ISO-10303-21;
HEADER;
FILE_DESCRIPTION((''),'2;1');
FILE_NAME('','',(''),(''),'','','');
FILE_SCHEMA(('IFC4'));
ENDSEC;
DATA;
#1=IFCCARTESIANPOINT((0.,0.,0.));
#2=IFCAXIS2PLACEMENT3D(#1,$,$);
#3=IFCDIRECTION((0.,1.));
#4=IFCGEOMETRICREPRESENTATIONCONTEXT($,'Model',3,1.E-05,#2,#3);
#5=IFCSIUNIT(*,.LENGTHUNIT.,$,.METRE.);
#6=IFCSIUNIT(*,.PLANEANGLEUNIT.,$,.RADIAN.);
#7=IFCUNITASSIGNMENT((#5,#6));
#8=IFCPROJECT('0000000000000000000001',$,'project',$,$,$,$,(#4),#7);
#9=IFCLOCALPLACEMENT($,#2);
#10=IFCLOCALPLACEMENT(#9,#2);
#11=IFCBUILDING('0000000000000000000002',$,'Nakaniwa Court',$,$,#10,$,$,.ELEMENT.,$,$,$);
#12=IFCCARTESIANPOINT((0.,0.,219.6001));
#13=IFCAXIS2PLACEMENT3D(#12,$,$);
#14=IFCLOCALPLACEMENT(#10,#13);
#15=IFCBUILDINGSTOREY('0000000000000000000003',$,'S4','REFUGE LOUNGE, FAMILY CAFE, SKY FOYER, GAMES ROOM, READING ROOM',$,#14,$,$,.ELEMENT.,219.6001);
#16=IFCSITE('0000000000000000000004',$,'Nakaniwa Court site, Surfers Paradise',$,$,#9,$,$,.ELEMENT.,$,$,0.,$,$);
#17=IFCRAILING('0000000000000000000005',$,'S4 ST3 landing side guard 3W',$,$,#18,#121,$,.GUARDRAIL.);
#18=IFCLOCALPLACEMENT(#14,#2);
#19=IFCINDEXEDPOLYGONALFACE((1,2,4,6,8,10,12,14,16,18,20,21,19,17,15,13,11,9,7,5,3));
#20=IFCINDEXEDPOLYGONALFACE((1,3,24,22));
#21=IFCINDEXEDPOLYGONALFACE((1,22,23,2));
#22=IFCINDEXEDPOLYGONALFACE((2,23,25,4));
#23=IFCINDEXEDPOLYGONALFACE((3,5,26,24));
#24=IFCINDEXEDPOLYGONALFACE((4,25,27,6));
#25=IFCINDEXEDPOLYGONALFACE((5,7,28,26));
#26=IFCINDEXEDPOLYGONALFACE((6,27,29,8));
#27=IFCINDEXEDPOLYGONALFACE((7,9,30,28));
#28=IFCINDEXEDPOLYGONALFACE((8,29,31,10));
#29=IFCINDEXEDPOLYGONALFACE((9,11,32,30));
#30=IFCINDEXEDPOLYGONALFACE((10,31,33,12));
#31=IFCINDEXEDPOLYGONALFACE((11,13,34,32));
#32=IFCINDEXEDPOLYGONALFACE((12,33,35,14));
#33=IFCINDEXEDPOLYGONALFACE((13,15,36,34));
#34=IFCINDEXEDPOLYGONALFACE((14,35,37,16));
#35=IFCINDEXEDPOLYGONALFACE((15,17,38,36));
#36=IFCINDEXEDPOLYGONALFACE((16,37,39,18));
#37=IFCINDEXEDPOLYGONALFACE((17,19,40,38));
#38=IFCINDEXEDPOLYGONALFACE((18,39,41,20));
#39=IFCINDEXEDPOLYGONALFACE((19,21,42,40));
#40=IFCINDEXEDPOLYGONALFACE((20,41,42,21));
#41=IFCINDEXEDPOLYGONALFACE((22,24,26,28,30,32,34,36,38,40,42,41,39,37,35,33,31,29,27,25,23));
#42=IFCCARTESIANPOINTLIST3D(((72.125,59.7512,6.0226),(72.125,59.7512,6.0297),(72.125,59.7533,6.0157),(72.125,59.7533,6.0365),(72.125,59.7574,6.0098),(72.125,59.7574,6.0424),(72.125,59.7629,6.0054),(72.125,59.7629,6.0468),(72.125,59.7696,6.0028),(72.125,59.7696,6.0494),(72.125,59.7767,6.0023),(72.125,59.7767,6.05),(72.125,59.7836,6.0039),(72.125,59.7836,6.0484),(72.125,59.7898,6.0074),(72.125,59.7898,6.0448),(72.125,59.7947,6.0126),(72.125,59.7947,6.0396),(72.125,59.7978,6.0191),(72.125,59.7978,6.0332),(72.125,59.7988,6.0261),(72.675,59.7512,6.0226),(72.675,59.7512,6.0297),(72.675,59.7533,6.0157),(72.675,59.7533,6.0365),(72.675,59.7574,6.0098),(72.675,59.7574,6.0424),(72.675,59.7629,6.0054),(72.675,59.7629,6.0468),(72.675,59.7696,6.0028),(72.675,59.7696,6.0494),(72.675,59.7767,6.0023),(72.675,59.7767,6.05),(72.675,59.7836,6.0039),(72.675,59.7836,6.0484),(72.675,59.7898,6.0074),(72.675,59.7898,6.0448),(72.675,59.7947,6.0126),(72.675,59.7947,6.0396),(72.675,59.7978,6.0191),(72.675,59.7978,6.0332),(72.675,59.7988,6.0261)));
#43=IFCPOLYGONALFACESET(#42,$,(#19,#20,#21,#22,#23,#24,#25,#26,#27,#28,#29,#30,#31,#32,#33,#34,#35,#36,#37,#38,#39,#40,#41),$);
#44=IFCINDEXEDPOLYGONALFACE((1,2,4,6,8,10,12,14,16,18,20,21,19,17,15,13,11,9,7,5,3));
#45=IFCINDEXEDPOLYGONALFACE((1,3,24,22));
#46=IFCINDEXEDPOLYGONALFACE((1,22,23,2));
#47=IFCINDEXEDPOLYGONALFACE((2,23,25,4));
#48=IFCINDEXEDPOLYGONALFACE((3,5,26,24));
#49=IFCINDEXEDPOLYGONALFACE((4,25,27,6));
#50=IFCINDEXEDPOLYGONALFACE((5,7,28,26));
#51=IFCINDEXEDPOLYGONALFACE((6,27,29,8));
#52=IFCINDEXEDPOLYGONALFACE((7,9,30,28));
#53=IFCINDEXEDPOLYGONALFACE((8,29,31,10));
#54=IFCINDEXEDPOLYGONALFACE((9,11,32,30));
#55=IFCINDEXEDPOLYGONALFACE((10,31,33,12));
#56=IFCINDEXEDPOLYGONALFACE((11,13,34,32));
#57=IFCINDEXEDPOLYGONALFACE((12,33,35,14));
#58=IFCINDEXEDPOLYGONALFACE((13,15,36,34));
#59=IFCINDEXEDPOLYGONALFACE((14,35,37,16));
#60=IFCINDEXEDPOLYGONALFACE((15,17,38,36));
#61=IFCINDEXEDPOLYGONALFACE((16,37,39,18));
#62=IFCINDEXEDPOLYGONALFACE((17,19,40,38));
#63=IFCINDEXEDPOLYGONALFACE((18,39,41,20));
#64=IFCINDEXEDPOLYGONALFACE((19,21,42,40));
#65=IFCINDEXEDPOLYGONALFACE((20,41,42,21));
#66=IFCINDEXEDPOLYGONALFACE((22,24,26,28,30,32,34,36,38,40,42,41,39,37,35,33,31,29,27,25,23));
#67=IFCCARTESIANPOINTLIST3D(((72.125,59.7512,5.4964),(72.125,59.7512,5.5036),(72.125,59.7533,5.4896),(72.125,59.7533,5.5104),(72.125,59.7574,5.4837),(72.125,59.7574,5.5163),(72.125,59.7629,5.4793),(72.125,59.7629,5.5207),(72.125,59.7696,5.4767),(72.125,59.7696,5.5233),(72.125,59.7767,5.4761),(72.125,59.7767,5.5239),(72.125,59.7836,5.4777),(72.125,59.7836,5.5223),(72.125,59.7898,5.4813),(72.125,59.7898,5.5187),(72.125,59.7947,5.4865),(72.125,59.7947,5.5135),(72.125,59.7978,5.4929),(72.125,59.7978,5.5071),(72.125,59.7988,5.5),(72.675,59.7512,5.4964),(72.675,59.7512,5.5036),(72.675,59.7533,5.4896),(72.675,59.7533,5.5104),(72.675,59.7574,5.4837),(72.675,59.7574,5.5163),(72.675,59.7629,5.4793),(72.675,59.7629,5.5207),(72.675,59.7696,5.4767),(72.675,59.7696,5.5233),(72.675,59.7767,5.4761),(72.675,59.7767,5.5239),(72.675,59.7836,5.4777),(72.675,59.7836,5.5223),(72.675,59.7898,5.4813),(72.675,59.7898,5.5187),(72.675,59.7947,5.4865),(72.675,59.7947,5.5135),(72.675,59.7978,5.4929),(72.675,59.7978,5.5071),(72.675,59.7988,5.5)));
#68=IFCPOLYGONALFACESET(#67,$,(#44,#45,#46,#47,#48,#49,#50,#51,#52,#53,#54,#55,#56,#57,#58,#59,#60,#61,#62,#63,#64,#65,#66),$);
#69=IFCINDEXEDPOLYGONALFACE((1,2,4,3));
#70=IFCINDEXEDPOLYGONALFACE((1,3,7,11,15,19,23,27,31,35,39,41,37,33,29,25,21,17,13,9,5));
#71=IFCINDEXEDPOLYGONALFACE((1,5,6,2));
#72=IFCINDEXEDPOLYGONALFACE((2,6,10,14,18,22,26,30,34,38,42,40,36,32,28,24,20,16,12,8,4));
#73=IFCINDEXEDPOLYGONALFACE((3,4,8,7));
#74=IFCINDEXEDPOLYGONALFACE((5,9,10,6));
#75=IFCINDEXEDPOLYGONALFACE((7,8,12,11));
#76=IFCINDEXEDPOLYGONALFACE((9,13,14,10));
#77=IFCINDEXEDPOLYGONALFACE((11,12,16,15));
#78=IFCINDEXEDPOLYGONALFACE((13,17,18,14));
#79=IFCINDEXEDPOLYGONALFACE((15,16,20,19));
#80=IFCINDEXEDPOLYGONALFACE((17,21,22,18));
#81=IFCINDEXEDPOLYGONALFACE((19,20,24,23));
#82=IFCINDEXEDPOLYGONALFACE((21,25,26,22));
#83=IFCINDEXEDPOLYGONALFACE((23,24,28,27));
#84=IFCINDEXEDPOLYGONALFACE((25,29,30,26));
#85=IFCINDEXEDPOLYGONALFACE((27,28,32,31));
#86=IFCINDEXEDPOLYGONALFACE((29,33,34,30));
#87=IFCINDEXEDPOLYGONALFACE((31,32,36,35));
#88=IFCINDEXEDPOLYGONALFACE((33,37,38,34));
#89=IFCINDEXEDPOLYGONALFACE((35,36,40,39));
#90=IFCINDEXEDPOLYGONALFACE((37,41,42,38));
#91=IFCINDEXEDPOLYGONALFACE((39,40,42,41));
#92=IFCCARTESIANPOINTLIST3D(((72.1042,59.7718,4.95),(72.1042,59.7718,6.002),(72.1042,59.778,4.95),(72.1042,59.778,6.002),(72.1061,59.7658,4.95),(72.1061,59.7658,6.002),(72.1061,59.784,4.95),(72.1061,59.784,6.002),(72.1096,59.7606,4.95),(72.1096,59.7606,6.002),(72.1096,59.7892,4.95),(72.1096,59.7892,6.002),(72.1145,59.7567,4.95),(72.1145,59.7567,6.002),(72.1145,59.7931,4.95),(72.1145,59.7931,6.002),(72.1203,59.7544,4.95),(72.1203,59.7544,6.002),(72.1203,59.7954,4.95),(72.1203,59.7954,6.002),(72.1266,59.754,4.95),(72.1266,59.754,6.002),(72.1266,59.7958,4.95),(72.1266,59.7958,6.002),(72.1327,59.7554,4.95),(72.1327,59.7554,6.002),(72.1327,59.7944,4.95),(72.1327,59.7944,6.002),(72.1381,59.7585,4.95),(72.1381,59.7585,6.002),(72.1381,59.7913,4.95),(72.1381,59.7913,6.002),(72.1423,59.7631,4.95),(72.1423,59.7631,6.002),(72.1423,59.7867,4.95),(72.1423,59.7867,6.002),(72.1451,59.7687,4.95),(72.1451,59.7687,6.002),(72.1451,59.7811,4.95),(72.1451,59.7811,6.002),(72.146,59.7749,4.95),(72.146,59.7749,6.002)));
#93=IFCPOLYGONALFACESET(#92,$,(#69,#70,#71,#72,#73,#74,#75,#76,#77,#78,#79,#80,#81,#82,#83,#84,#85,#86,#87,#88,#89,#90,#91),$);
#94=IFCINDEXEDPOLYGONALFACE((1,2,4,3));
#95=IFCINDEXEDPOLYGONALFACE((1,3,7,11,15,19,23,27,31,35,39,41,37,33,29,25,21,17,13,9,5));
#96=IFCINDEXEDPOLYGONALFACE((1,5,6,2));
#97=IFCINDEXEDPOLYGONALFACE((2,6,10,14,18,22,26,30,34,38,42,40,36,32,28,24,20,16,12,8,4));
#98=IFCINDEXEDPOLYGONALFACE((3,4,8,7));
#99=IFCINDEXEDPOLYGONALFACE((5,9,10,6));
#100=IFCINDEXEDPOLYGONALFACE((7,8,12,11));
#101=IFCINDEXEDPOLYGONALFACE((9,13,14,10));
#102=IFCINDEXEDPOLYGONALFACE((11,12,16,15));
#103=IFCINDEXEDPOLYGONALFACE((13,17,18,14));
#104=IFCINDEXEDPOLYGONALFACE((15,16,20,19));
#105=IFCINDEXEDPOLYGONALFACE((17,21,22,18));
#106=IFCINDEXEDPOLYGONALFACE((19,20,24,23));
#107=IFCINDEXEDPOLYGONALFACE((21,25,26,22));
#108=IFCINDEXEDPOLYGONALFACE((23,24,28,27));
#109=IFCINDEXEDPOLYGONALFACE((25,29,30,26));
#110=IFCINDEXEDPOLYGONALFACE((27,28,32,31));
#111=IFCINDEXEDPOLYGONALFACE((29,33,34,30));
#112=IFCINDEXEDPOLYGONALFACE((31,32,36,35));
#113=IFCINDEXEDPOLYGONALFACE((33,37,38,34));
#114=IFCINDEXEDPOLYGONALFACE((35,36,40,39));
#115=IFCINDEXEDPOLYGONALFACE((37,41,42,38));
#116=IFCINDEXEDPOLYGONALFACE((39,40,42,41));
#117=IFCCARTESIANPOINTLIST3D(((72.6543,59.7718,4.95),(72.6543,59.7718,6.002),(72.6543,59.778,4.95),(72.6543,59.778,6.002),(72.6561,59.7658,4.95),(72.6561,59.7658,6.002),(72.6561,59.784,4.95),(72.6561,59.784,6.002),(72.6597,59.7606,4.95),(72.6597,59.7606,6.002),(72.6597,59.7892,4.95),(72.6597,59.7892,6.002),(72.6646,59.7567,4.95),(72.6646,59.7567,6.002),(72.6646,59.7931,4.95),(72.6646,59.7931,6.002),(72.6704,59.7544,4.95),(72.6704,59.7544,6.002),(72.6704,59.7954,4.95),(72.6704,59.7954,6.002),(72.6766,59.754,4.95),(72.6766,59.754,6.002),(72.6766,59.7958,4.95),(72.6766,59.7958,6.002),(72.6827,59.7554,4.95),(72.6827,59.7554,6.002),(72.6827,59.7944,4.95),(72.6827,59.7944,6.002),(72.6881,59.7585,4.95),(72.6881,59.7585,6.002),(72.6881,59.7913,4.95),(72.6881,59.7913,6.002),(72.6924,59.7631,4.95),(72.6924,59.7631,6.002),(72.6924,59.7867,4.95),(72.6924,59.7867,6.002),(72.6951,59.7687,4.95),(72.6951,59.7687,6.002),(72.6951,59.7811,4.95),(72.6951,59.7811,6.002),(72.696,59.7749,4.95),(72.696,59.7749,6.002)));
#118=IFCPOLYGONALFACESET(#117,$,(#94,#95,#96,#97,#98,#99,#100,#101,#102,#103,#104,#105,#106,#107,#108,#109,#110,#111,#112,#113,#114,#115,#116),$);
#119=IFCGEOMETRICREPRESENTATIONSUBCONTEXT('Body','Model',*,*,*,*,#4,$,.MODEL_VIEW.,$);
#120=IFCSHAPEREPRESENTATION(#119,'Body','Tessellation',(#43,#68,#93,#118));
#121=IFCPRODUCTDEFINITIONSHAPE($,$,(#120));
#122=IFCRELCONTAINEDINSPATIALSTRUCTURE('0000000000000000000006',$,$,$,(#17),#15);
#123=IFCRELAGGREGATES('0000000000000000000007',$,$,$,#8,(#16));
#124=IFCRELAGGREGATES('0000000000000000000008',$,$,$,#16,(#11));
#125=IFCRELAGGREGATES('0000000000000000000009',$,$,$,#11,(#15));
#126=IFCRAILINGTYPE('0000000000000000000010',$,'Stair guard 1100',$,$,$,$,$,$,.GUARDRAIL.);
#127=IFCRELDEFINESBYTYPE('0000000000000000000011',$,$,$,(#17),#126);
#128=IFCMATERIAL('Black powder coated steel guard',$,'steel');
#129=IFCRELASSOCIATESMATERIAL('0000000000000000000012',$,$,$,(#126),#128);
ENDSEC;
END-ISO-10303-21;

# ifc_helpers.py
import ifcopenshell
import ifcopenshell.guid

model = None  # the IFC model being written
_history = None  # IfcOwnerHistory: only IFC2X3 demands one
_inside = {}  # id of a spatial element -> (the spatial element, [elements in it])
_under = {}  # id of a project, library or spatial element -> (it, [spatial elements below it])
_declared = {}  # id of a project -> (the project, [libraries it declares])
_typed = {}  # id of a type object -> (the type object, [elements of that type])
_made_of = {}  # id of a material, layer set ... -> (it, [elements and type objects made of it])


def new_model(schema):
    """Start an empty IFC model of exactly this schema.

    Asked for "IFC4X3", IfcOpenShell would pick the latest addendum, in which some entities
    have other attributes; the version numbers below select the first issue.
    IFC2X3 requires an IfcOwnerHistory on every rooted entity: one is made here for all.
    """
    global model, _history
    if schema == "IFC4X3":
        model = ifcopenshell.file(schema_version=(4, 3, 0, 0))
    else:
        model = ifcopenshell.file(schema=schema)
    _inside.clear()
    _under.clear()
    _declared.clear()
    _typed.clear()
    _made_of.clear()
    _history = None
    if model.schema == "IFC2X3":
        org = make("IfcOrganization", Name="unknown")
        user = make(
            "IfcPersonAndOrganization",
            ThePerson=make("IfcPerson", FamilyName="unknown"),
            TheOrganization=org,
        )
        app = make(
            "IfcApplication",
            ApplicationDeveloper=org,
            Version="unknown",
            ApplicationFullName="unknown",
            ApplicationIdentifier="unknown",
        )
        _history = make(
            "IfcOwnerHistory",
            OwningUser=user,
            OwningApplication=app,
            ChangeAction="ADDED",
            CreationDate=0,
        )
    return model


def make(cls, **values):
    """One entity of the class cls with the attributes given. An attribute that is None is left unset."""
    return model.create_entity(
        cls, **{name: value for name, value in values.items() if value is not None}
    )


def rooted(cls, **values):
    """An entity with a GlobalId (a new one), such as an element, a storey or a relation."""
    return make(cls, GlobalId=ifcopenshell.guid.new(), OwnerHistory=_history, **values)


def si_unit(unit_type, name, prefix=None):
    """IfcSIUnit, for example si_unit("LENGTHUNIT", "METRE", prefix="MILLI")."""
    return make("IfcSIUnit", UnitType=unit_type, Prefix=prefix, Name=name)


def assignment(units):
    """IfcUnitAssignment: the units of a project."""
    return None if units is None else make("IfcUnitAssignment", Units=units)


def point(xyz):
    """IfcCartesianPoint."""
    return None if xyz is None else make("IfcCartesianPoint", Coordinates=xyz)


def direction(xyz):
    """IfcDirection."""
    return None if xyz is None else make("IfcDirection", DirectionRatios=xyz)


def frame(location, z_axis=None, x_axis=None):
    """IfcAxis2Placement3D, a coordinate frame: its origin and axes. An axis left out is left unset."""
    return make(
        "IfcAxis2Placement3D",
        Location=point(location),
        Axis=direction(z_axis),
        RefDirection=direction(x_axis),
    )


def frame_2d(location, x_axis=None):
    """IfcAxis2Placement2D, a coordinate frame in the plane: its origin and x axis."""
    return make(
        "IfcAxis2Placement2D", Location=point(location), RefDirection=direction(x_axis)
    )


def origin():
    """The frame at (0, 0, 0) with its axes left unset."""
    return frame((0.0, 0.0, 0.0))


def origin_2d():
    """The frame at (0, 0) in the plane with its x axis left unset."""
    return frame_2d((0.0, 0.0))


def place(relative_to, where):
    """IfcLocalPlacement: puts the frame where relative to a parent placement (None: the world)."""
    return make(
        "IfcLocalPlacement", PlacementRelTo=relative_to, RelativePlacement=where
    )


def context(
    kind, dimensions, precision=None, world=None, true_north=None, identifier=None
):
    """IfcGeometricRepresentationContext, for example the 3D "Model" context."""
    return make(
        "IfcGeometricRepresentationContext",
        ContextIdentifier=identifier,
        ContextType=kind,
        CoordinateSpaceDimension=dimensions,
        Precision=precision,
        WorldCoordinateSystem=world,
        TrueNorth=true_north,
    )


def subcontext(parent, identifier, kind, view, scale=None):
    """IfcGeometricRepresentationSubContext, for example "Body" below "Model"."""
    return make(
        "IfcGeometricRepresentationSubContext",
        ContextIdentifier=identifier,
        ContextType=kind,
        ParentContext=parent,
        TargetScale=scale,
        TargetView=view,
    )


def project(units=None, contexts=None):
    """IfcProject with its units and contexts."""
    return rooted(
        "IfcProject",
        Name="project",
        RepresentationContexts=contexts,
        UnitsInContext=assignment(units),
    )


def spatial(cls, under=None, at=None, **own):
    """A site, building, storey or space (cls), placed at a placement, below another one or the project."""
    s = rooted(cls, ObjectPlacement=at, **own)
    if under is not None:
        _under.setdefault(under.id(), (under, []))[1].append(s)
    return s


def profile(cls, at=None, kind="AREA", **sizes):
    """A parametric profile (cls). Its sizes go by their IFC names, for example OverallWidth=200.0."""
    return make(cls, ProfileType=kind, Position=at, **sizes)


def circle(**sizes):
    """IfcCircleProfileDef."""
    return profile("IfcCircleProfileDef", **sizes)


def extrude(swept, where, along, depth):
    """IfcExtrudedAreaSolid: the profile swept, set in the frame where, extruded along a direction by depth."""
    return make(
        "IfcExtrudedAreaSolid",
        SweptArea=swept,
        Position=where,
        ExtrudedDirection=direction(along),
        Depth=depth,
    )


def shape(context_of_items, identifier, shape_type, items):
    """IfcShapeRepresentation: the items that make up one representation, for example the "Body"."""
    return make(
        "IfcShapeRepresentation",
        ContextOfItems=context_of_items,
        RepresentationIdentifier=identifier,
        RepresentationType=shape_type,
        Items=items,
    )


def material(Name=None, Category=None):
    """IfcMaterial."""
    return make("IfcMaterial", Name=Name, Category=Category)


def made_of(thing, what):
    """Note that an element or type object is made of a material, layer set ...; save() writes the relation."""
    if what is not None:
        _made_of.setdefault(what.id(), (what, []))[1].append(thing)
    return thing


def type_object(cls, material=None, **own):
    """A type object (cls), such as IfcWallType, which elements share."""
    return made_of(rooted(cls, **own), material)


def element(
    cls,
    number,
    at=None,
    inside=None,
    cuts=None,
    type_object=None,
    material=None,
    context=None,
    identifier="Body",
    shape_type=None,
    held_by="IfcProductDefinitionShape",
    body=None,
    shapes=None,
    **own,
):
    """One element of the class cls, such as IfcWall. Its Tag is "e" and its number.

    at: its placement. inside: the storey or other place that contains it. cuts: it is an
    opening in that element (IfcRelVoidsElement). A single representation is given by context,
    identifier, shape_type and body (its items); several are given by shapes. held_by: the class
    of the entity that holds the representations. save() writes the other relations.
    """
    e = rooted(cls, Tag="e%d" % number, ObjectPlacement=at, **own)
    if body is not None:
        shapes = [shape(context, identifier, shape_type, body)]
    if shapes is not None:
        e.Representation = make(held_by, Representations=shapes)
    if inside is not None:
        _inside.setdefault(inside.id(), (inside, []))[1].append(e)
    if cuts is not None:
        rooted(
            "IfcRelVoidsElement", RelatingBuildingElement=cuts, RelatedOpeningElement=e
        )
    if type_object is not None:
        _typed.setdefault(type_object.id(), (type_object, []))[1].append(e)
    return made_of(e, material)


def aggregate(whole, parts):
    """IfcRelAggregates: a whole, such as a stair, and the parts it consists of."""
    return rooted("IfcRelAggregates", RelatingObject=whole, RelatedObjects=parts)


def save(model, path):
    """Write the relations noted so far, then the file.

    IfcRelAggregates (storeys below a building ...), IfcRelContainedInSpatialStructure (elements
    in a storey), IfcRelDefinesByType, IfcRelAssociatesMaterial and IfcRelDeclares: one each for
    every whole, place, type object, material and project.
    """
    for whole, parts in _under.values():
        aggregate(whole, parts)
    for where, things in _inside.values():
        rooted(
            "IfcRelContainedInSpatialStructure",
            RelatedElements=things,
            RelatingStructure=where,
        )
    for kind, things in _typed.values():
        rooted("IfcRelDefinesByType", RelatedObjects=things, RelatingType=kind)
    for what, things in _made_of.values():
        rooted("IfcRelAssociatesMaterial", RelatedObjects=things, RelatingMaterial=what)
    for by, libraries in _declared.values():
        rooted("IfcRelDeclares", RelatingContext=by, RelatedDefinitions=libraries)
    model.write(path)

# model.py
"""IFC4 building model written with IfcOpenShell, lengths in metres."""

from ifc_helpers import new_model, si_unit, direction, frame, origin, origin_2d, place, context, subcontext, project, spatial, circle, extrude, material, type_object, element, save


model = new_model("IFC4")

# Units and contexts
model_context = context("Model", 3, precision=1e-05, world=origin(), true_north=direction((0.0, 1.0)))
body_context = subcontext(model_context, "Body", "Model", "MODEL_VIEW")
ifc_project = project(units=[si_unit("LENGTHUNIT", "METRE"), si_unit("PLANEANGLEUNIT", "RADIAN")], contexts=[model_context])

# Site, building, storey
site_placement = place(None, origin())
site = spatial("IfcSite", under=ifc_project, at=site_placement, Name="Nakaniwa Court site, Surfers Paradise", CompositionType="ELEMENT", RefElevation=0.0)
building_placement = place(site_placement, origin())
building = spatial("IfcBuilding", under=site, at=building_placement, Name="Nakaniwa Court", CompositionType="ELEMENT")
storey_placement = place(building_placement, frame((0.0, 0.0, 219.6001)))
storey = spatial("IfcBuildingStorey", under=building, at=storey_placement, Name="S4", Description="REFUGE LOUNGE, FAMILY CAFE, SKY FOYER, GAMES ROOM, READING ROOM", CompositionType="ELEMENT", Elevation=219.6001)

# Railing
ifc_material_1 = material(Name="Black powder coated steel guard", Category="steel")
railing_type_1 = type_object("IfcRailingType", Name="Stair guard 1100", PredefinedType="GUARDRAIL", material=ifc_material_1)
for number, where, name in (
    (1, (72.125, 59.7749, 4.95), "S4 ST3 landing side guard 3W"),
):
    element("IfcRailing", number, at=place(storey_placement, frame(where)), inside=storey, type_object=railing_type_1, Name=name, PredefinedType="GUARDRAIL", context=body_context, shape_type="SweptSolid", body=[
        extrude(circle(Radius=0.0239, at=origin_2d()), frame((0.0, 0.0, 1.0762), z_axis=(1.0, 0.0, 0.0), x_axis=(0.0, 1.0, 0.0)), (0.0, 0.0, 1.0), 0.55),
        extrude(circle(Radius=0.0239, at=origin_2d()), frame((0.0, 0.0, 0.55), z_axis=(1.0, 0.0, 0.0), x_axis=(0.0, 1.0, 0.0)), (0.0, 0.0, 1.0), 0.55),
        extrude(circle(Radius=0.021, at=origin_2d()), origin(), (0.0, 0.0, 1.0), 1.052),
        extrude(circle(Radius=0.021, at=origin_2d()), frame((0.55, 0.0, 0.0)), (0.0, 0.0, 1.0), 1.052),
    ])

save(model, "model.ifc")
